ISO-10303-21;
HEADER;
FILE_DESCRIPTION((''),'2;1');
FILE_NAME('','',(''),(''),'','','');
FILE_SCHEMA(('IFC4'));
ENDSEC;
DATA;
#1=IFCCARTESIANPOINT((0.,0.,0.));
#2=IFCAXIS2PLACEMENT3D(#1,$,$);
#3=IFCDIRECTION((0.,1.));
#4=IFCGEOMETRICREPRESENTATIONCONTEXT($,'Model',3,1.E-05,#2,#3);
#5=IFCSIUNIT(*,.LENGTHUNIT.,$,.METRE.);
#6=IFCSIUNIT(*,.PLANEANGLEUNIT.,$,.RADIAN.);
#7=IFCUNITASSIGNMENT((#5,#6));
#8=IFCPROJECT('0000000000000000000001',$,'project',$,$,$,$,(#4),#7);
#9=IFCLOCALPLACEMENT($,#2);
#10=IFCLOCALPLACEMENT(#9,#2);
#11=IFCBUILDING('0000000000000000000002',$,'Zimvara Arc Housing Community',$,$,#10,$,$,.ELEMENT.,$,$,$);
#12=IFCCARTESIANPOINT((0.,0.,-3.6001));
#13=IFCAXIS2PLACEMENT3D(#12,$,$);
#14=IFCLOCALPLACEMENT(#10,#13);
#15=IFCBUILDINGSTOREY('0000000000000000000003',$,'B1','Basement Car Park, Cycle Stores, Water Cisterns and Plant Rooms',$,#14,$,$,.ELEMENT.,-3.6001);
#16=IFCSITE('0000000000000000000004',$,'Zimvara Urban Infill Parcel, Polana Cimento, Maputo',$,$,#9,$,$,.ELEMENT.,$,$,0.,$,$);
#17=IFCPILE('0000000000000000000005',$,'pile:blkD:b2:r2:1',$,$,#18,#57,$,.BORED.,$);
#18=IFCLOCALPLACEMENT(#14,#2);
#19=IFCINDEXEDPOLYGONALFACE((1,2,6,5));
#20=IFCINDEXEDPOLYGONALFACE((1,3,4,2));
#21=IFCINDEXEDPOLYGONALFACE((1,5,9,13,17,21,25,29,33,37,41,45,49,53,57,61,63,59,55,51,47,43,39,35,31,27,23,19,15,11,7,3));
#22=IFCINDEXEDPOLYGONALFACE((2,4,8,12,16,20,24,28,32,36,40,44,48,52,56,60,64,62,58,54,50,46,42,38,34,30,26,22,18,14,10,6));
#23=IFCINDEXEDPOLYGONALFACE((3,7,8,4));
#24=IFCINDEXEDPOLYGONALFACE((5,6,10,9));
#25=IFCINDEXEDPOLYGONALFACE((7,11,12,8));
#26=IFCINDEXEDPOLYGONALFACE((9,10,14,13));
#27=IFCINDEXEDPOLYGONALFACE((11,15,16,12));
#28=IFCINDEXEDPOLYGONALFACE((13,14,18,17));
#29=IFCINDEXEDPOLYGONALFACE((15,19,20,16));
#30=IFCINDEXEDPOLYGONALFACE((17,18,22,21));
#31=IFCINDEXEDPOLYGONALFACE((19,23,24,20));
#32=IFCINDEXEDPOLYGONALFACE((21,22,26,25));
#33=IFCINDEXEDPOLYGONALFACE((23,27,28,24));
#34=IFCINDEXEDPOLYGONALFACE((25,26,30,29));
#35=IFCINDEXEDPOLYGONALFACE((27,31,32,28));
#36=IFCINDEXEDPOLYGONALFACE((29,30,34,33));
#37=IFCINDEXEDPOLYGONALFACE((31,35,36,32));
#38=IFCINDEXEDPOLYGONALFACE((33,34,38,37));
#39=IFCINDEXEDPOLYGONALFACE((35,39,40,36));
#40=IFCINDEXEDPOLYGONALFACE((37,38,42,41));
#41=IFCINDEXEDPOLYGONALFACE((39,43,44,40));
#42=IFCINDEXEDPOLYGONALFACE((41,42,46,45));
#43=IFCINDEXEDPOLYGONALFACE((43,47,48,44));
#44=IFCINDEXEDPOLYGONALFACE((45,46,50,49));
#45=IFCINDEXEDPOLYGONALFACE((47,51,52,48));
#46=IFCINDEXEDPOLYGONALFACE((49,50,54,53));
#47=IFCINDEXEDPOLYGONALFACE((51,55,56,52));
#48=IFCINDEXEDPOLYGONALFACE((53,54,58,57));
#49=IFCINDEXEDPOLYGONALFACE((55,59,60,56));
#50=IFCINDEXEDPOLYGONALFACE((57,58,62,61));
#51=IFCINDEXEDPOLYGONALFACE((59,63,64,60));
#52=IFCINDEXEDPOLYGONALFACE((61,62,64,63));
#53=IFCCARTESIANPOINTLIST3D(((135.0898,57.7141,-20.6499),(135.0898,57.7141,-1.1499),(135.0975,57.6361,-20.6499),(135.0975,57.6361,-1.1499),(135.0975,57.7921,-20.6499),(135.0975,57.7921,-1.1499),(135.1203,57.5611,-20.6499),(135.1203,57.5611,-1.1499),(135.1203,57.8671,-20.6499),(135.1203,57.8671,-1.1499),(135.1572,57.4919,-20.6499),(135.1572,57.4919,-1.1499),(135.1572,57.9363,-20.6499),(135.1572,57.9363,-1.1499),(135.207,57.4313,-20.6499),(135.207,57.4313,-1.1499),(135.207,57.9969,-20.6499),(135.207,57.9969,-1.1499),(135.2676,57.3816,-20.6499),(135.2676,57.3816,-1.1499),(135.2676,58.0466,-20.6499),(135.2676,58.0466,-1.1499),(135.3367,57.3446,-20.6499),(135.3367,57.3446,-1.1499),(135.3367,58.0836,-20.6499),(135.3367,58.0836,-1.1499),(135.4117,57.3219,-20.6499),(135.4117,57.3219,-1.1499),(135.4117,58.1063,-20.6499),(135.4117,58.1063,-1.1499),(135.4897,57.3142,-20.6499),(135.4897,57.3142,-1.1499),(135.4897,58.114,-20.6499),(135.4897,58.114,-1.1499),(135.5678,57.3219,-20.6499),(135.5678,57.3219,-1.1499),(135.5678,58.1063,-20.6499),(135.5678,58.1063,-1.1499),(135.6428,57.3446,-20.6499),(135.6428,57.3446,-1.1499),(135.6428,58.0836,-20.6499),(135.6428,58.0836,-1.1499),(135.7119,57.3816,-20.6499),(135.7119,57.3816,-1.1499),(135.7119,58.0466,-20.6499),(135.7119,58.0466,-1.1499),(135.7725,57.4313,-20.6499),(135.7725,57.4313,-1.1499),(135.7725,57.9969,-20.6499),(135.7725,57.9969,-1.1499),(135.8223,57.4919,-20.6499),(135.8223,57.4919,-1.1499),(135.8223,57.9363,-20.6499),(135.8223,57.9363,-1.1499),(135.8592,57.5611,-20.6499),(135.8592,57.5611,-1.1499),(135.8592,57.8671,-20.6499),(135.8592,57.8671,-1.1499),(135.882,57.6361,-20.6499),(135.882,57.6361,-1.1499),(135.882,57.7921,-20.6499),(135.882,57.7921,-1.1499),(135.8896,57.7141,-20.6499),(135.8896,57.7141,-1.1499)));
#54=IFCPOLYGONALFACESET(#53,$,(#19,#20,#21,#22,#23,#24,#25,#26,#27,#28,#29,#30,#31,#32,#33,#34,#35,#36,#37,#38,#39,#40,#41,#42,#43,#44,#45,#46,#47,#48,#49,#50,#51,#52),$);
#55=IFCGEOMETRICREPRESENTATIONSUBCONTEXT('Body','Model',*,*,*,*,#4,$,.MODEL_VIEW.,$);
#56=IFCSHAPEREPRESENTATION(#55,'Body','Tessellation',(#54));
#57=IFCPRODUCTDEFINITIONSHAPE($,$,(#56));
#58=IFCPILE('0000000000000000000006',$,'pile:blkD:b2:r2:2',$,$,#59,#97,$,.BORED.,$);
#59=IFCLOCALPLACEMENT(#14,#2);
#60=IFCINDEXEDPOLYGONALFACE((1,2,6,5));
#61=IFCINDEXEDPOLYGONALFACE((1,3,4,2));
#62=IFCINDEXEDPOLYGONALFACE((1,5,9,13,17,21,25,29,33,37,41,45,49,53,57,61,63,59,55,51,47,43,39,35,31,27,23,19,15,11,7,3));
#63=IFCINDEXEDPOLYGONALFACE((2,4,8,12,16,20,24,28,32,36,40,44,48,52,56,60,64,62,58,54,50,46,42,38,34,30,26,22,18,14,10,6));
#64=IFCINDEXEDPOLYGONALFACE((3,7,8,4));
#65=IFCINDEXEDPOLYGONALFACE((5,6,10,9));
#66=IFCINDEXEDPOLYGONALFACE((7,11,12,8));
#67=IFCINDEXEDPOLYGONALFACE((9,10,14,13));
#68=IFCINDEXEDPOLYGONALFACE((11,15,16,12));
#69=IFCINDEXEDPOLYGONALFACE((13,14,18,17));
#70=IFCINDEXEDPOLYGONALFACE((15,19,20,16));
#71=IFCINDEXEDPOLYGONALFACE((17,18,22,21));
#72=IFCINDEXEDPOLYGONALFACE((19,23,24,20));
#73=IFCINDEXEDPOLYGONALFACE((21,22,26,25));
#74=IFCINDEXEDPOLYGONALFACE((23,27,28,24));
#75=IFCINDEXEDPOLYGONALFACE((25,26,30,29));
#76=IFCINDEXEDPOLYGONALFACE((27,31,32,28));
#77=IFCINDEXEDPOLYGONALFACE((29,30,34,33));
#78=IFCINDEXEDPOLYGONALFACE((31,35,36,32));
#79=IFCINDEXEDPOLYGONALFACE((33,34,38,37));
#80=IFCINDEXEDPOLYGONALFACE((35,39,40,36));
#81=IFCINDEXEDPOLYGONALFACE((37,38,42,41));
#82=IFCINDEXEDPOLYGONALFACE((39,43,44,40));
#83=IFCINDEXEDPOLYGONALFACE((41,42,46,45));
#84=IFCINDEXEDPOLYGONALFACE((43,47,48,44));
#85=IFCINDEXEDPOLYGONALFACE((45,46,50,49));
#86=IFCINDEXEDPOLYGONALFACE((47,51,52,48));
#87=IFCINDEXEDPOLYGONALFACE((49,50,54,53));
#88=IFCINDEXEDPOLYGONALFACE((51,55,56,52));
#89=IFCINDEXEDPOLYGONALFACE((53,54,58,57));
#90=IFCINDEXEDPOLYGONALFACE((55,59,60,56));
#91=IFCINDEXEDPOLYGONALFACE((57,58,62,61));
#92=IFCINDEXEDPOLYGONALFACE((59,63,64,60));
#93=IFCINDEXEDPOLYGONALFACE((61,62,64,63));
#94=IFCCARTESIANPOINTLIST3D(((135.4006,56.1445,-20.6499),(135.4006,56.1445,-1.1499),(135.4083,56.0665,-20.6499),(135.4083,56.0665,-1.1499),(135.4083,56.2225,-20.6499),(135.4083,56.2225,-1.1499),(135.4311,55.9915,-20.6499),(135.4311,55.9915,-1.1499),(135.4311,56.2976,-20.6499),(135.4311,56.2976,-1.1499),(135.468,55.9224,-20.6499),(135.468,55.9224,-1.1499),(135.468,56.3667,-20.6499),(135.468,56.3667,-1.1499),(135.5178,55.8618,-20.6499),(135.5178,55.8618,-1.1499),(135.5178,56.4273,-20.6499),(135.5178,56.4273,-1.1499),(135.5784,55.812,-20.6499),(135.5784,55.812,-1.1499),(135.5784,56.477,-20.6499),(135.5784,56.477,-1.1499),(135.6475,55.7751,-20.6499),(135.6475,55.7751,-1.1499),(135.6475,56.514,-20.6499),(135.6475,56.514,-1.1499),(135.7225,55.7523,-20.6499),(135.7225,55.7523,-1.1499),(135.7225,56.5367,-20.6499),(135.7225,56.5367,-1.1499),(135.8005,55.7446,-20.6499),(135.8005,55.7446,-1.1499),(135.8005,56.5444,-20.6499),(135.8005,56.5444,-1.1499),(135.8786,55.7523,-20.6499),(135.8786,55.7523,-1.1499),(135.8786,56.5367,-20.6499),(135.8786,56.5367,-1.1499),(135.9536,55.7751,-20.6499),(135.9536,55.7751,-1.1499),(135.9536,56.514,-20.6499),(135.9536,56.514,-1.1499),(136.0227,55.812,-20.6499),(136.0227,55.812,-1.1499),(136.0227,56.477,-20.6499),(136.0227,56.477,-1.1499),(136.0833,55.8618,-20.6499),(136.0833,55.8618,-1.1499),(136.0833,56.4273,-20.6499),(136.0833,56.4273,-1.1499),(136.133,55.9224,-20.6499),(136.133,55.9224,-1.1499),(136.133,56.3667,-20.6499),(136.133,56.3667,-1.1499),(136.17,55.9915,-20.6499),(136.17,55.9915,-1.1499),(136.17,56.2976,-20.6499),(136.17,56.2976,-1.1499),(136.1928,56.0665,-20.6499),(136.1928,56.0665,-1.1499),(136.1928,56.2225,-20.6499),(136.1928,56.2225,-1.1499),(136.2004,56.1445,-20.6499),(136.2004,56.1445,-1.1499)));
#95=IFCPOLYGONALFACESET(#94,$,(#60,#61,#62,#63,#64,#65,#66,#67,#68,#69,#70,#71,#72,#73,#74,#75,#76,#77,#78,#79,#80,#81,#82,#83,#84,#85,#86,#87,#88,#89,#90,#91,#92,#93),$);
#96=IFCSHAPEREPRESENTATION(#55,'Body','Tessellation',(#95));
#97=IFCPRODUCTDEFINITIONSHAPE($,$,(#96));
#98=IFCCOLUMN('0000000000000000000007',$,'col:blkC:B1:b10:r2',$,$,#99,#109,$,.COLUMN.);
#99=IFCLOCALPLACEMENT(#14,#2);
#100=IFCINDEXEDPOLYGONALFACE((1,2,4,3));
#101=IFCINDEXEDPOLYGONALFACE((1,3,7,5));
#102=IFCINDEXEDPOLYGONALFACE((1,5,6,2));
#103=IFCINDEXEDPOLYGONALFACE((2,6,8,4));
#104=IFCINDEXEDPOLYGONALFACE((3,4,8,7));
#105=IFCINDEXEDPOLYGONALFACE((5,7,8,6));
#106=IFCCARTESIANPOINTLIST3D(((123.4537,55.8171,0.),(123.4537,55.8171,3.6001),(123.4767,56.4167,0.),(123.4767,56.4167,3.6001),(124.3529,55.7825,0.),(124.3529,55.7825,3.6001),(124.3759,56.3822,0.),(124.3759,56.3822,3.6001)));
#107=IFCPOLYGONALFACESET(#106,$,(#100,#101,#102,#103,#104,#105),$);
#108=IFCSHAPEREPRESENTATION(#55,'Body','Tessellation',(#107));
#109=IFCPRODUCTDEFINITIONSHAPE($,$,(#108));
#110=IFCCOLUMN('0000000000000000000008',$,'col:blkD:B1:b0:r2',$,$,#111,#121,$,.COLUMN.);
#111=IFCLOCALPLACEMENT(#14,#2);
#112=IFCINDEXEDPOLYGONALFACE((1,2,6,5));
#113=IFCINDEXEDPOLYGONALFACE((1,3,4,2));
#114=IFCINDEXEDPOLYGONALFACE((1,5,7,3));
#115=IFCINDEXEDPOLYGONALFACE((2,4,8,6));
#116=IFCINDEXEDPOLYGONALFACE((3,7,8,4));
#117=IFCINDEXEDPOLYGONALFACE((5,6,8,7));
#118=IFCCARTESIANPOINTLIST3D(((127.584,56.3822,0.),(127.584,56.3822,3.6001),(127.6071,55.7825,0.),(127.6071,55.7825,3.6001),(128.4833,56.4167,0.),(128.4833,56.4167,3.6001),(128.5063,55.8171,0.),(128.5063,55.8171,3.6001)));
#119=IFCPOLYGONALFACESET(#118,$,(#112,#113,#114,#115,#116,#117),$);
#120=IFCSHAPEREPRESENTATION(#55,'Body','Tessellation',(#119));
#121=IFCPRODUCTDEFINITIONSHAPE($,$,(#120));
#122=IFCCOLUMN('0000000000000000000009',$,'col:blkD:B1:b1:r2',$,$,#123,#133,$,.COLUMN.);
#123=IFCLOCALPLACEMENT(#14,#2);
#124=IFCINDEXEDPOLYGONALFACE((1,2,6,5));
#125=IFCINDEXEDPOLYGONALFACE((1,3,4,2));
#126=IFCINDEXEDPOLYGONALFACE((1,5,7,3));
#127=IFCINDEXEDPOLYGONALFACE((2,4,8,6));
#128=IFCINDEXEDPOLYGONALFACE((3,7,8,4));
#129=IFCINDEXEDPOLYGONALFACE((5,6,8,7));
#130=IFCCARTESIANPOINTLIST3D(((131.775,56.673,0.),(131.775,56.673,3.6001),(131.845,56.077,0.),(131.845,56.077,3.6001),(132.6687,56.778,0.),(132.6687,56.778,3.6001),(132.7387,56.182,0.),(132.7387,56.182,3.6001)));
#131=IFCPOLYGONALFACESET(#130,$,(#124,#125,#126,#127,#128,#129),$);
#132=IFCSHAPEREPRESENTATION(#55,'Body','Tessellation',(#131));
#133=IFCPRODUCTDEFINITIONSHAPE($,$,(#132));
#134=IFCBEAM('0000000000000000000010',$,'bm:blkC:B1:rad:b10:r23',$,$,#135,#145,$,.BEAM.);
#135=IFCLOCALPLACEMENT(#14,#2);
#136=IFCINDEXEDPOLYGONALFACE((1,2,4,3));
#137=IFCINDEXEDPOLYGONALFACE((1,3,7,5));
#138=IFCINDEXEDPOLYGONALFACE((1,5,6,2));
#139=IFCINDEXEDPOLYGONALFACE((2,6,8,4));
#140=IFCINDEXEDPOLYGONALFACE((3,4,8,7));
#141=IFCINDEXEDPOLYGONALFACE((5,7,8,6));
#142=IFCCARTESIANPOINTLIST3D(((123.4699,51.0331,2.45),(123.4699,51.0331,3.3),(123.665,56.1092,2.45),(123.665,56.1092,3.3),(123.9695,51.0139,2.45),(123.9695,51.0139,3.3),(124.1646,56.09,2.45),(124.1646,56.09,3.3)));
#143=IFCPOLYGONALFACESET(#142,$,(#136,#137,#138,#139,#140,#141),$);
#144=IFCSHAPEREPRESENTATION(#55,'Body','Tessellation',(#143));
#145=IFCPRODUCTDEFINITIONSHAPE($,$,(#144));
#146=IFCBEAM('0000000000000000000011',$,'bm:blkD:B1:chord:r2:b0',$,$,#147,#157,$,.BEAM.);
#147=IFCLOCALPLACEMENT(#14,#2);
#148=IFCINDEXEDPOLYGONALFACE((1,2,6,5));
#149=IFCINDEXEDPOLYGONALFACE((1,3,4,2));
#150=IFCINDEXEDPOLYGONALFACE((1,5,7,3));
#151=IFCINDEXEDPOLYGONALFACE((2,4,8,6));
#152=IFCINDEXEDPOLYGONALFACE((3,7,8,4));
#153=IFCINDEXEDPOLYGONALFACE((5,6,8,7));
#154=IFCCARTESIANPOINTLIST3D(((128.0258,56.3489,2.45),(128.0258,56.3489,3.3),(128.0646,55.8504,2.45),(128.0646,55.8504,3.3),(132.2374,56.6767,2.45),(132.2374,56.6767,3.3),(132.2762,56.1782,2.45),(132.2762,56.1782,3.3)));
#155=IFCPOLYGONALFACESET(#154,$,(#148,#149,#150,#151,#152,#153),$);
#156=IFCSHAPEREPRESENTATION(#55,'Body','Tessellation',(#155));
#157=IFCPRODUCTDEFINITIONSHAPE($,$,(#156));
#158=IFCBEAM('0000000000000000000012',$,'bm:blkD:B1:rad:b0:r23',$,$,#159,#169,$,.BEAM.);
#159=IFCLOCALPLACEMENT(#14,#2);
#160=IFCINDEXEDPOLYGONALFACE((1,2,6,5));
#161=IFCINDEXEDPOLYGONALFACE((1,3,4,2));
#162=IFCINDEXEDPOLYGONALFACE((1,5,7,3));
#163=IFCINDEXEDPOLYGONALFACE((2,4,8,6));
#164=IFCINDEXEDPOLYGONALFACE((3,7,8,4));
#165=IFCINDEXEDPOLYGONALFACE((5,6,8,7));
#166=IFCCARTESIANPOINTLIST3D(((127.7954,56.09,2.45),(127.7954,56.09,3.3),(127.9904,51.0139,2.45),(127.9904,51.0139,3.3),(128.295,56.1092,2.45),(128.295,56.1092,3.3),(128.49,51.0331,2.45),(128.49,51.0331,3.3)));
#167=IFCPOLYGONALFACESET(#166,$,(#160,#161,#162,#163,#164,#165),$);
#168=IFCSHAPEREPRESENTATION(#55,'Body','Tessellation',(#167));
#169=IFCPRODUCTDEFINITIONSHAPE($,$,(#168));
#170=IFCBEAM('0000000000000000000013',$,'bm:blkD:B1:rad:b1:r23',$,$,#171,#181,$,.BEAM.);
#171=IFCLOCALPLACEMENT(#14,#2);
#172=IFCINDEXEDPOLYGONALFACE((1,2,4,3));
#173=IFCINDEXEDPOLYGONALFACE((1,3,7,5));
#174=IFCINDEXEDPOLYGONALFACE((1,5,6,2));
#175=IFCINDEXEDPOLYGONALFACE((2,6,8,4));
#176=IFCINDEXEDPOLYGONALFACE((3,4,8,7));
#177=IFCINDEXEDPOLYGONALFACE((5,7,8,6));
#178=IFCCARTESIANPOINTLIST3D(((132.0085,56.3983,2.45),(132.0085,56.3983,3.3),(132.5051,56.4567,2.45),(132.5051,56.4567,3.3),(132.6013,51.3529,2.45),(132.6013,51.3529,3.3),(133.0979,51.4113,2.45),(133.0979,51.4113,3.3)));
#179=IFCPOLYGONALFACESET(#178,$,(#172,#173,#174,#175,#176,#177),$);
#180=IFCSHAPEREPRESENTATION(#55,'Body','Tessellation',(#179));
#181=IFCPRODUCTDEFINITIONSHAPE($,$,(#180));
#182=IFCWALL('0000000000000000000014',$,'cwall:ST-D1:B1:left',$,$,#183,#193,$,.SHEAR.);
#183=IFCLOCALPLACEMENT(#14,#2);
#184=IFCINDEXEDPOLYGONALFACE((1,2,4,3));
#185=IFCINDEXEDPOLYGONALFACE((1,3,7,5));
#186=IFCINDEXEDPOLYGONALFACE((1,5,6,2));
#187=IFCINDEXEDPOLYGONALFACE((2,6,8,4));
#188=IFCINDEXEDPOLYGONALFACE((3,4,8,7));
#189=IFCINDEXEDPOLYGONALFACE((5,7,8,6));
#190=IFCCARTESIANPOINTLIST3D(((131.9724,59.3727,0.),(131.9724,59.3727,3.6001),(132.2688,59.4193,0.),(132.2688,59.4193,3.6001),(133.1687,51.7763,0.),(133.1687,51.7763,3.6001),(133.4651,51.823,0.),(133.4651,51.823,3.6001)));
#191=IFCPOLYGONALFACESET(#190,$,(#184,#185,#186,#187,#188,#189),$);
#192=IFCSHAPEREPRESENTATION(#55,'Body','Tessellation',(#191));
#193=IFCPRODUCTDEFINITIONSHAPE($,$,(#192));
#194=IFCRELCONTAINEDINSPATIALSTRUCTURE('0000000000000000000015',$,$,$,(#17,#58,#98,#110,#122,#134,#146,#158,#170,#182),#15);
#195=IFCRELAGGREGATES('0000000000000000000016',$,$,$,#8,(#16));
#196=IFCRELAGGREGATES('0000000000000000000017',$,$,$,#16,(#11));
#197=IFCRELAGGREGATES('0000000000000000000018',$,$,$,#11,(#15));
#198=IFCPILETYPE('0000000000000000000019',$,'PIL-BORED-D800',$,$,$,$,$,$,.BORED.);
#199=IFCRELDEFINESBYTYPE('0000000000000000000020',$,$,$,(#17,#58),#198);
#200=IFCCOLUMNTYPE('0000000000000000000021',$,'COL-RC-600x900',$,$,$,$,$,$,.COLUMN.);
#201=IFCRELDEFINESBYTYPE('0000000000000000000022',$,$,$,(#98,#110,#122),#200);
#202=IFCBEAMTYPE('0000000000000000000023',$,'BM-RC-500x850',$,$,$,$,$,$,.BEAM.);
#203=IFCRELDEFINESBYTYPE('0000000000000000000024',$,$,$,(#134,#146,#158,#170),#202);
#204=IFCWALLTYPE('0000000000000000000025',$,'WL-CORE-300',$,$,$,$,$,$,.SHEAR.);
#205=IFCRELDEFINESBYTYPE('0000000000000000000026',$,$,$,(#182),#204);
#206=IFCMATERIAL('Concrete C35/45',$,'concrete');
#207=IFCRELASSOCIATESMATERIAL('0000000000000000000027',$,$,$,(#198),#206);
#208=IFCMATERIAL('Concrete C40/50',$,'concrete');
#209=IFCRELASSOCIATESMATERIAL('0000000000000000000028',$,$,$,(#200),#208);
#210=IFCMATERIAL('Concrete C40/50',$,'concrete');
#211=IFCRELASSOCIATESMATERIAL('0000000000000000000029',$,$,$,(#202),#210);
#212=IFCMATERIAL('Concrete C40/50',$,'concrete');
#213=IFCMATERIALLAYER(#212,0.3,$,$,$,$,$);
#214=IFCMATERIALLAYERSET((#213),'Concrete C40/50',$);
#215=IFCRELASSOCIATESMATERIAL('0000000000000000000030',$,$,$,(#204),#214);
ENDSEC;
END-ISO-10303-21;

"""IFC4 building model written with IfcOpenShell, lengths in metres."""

from ifc_helpers import new_model, si_unit, direction, frame, frame_2d, origin, origin_2d, place, context, subcontext, project, spatial, rectangle, circle, extrude, material, layer, layer_set, material_profile, profile_set, type_object, element, save


model = new_model("IFC4")

# Units and contexts
model_context = context("Model", 3, precision=1e-05, world=origin(), true_north=direction((0.0, 1.0)))
body_context = subcontext(model_context, "Body", "Model", "MODEL_VIEW")
ifc_project = project(units=[si_unit("LENGTHUNIT", "METRE"), si_unit("PLANEANGLEUNIT", "RADIAN")], contexts=[model_context])

# Site, building, storey
site_placement = place(None, origin())
site = spatial("IfcSite", under=ifc_project, at=site_placement, Name="Zimvara Urban Infill Parcel, Polana Cimento, Maputo", CompositionType="ELEMENT", RefElevation=0.0)
building_placement = place(site_placement, origin())
building = spatial("IfcBuilding", under=site, at=building_placement, Name="Zimvara Arc Housing Community", CompositionType="ELEMENT")
storey_placement = place(building_placement, frame((0.0, 0.0, -3.6001)))
storey = spatial("IfcBuildingStorey", under=building, at=storey_placement, Name="B1", Description="Basement Car Park, Cycle Stores, Water Cisterns and Plant Rooms", CompositionType="ELEMENT", Elevation=-3.6001)

# Piles
ifc_material_1 = material(Name="Concrete C35/45", Category="concrete")
ifc_material_profile_1 = material_profile(ifc_material_1, circle(Radius=0.3999, at=origin_2d()), Name="PILE D800")
ifc_profile_set_1 = profile_set([ifc_material_profile_1], Name="Concrete C35/45")
pile_type = type_object("IfcPileType", Name="PIL-BORED-D800", PredefinedType="BORED", material=ifc_profile_set_1)
for number, where, z_axis, x_axis, name in (
    (1, (135.4897, 57.7141, -1.1499), (0.0, 0.0, -1.0), (1.0, 0.0, 0.0), "pile:blkD:b2:r2:1"),
    (2, (135.8005, 56.1445, -1.1499), (0.0, 0.0, -1.0), (1.0, 0.0, 0.0), "pile:blkD:b2:r2:2"),
):
    element("IfcPile", number, at=place(storey_placement, frame(where, z_axis=z_axis, x_axis=x_axis)), inside=storey, type_object=pile_type, Name=name, PredefinedType="BORED", context=body_context, shape_type="SweptSolid", body=[
        extrude(circle(Radius=0.3999, at=origin_2d()), origin(), (0.0, 0.0, 1.0), 19.5),
    ])

# Columns
ifc_material_2 = material(Name="Concrete C40/50", Category="concrete")
ifc_material_profile_2 = material_profile(ifc_material_2, rectangle(XDim=0.6001, YDim=0.8999, at=origin_2d()), Name="RC 600x900")
ifc_profile_set_2 = profile_set([ifc_material_profile_2], Name="Concrete C40/50")
column_type = type_object("IfcColumnType", Name="COL-RC-600x900", PredefinedType="COLUMN", material=ifc_profile_set_2)
for number, where, z_axis, x_axis, name in (
    (3, (123.9148, 56.0996, 0.0), (0.0, 0.0, 1.0), (-0.038388, -0.999263, 0.0), "col:blkC:B1:b10:r2"),
    (4, (128.0452, 56.0996, 0.0), (0.0, 0.0, 1.0), (0.038388, -0.999263, 0.0), "col:blkD:B1:b0:r2"),
    (5, (132.2568, 56.4275, 0.0), (0.0, 0.0, 1.0), (0.116671, -0.993171, 0.0), "col:blkD:B1:b1:r2"),
):
    element("IfcColumn", number, at=place(storey_placement, frame(where, z_axis=z_axis, x_axis=x_axis)), inside=storey, type_object=column_type, Name=name, PredefinedType="COLUMN", context=body_context, shape_type="SweptSolid", body=[
        extrude(rectangle(XDim=0.6001, YDim=0.8999, at=origin_2d()), origin(), (0.0, 0.0, 1.0), 3.6001),
    ])

# Beams
ifc_material_3 = material(Name="Concrete C40/50", Category="concrete")
ifc_material_profile_3 = material_profile(ifc_material_3, rectangle(XDim=0.5, YDim=0.8501, at=origin_2d()), Name="RC 500x850")
ifc_profile_set_3 = profile_set([ifc_material_profile_3], Name="Concrete C40/50")
beam_type = type_object("IfcBeamType", Name="BM-RC-500x850", PredefinedType="BEAM", material=ifc_profile_set_3)
beam_1_placement = place(storey_placement, frame((123.9148, 56.0996, 2.875), z_axis=(-0.0384, -0.999262, 0.0), x_axis=(0.999262, -0.0384, 0.0)))
element("IfcBeam", 6, at=beam_1_placement, inside=storey, type_object=beam_type, Name="bm:blkC:B1:rad:b10:r23", PredefinedType="BEAM", context=body_context, shape_type="SweptSolid", body=[
    extrude(rectangle(XDim=0.5, YDim=0.8501, at=origin_2d()), origin(), (0.0, 0.0, 1.0), 5.0798),
])
beam_2_placement = place(storey_placement, frame((128.0452, 56.0996, 2.875), z_axis=(0.996983, 0.077616, 0.0), x_axis=(-0.077616, 0.996983, 0.0)))
element("IfcBeam", 7, at=beam_2_placement, inside=storey, type_object=beam_type, Name="bm:blkD:B1:chord:r2:b0", PredefinedType="BEAM", context=body_context, shape_type="SweptSolid", body=[
    extrude(rectangle(XDim=0.5, YDim=0.8501, at=origin_2d()), origin(), (0.0, 0.0, 1.0), 4.2244),
])
beam_3_placement = place(storey_placement, frame((128.0452, 56.0996, 2.875), z_axis=(0.0384, -0.999262, 0.0), x_axis=(0.999262, 0.0384, 0.0)))
element("IfcBeam", 8, at=beam_3_placement, inside=storey, type_object=beam_type, Name="bm:blkD:B1:rad:b0:r23", PredefinedType="BEAM", context=body_context, shape_type="SweptSolid", body=[
    extrude(rectangle(XDim=0.5, YDim=0.8501, at=origin_2d()), origin(), (0.0, 0.0, 1.0), 5.0798),
])
beam_4_placement = place(storey_placement, frame((132.2568, 56.4275, 2.875), z_axis=(0.116685, -0.993169, 0.0), x_axis=(0.993169, 0.116685, 0.0)))
element("IfcBeam", 9, at=beam_4_placement, inside=storey, type_object=beam_type, Name="bm:blkD:B1:rad:b1:r23", PredefinedType="BEAM", context=body_context, shape_type="SweptSolid", body=[
    extrude(rectangle(XDim=0.5, YDim=0.8501, at=origin_2d()), origin(), (0.0, 0.0, 1.0), 5.0801),
])

# Shared definitions
ifc_material_4 = material(Name="Concrete C40/50", Category="concrete")
ifc_layer_1 = layer(ifc_material_4, 0.3)
ifc_layer_set_1 = layer_set([ifc_layer_1], Name="Concrete C40/50")
wall_type_1 = type_object("IfcWallType", Name="WL-CORE-300", PredefinedType="SHEAR", material=ifc_layer_set_1)

# Wall
wall_1_placement = place(storey_placement, frame((132.1206, 59.396, 0.0), z_axis=(0.0, 0.0, 1.0), x_axis=(0.155563, -0.987826, 0.0)))
element("IfcWall", 10, at=wall_1_placement, inside=storey, type_object=wall_type_1, Name="cwall:ST-D1:B1:left", PredefinedType="SHEAR", context=body_context, shape_type="SweptSolid", body=[
    extrude(rectangle(XDim=7.6899, YDim=0.3, at=frame_2d((3.845, 0.0))), origin(), (0.0, 0.0, 1.0), 3.6001),
])

save(model, "model.ifc")
